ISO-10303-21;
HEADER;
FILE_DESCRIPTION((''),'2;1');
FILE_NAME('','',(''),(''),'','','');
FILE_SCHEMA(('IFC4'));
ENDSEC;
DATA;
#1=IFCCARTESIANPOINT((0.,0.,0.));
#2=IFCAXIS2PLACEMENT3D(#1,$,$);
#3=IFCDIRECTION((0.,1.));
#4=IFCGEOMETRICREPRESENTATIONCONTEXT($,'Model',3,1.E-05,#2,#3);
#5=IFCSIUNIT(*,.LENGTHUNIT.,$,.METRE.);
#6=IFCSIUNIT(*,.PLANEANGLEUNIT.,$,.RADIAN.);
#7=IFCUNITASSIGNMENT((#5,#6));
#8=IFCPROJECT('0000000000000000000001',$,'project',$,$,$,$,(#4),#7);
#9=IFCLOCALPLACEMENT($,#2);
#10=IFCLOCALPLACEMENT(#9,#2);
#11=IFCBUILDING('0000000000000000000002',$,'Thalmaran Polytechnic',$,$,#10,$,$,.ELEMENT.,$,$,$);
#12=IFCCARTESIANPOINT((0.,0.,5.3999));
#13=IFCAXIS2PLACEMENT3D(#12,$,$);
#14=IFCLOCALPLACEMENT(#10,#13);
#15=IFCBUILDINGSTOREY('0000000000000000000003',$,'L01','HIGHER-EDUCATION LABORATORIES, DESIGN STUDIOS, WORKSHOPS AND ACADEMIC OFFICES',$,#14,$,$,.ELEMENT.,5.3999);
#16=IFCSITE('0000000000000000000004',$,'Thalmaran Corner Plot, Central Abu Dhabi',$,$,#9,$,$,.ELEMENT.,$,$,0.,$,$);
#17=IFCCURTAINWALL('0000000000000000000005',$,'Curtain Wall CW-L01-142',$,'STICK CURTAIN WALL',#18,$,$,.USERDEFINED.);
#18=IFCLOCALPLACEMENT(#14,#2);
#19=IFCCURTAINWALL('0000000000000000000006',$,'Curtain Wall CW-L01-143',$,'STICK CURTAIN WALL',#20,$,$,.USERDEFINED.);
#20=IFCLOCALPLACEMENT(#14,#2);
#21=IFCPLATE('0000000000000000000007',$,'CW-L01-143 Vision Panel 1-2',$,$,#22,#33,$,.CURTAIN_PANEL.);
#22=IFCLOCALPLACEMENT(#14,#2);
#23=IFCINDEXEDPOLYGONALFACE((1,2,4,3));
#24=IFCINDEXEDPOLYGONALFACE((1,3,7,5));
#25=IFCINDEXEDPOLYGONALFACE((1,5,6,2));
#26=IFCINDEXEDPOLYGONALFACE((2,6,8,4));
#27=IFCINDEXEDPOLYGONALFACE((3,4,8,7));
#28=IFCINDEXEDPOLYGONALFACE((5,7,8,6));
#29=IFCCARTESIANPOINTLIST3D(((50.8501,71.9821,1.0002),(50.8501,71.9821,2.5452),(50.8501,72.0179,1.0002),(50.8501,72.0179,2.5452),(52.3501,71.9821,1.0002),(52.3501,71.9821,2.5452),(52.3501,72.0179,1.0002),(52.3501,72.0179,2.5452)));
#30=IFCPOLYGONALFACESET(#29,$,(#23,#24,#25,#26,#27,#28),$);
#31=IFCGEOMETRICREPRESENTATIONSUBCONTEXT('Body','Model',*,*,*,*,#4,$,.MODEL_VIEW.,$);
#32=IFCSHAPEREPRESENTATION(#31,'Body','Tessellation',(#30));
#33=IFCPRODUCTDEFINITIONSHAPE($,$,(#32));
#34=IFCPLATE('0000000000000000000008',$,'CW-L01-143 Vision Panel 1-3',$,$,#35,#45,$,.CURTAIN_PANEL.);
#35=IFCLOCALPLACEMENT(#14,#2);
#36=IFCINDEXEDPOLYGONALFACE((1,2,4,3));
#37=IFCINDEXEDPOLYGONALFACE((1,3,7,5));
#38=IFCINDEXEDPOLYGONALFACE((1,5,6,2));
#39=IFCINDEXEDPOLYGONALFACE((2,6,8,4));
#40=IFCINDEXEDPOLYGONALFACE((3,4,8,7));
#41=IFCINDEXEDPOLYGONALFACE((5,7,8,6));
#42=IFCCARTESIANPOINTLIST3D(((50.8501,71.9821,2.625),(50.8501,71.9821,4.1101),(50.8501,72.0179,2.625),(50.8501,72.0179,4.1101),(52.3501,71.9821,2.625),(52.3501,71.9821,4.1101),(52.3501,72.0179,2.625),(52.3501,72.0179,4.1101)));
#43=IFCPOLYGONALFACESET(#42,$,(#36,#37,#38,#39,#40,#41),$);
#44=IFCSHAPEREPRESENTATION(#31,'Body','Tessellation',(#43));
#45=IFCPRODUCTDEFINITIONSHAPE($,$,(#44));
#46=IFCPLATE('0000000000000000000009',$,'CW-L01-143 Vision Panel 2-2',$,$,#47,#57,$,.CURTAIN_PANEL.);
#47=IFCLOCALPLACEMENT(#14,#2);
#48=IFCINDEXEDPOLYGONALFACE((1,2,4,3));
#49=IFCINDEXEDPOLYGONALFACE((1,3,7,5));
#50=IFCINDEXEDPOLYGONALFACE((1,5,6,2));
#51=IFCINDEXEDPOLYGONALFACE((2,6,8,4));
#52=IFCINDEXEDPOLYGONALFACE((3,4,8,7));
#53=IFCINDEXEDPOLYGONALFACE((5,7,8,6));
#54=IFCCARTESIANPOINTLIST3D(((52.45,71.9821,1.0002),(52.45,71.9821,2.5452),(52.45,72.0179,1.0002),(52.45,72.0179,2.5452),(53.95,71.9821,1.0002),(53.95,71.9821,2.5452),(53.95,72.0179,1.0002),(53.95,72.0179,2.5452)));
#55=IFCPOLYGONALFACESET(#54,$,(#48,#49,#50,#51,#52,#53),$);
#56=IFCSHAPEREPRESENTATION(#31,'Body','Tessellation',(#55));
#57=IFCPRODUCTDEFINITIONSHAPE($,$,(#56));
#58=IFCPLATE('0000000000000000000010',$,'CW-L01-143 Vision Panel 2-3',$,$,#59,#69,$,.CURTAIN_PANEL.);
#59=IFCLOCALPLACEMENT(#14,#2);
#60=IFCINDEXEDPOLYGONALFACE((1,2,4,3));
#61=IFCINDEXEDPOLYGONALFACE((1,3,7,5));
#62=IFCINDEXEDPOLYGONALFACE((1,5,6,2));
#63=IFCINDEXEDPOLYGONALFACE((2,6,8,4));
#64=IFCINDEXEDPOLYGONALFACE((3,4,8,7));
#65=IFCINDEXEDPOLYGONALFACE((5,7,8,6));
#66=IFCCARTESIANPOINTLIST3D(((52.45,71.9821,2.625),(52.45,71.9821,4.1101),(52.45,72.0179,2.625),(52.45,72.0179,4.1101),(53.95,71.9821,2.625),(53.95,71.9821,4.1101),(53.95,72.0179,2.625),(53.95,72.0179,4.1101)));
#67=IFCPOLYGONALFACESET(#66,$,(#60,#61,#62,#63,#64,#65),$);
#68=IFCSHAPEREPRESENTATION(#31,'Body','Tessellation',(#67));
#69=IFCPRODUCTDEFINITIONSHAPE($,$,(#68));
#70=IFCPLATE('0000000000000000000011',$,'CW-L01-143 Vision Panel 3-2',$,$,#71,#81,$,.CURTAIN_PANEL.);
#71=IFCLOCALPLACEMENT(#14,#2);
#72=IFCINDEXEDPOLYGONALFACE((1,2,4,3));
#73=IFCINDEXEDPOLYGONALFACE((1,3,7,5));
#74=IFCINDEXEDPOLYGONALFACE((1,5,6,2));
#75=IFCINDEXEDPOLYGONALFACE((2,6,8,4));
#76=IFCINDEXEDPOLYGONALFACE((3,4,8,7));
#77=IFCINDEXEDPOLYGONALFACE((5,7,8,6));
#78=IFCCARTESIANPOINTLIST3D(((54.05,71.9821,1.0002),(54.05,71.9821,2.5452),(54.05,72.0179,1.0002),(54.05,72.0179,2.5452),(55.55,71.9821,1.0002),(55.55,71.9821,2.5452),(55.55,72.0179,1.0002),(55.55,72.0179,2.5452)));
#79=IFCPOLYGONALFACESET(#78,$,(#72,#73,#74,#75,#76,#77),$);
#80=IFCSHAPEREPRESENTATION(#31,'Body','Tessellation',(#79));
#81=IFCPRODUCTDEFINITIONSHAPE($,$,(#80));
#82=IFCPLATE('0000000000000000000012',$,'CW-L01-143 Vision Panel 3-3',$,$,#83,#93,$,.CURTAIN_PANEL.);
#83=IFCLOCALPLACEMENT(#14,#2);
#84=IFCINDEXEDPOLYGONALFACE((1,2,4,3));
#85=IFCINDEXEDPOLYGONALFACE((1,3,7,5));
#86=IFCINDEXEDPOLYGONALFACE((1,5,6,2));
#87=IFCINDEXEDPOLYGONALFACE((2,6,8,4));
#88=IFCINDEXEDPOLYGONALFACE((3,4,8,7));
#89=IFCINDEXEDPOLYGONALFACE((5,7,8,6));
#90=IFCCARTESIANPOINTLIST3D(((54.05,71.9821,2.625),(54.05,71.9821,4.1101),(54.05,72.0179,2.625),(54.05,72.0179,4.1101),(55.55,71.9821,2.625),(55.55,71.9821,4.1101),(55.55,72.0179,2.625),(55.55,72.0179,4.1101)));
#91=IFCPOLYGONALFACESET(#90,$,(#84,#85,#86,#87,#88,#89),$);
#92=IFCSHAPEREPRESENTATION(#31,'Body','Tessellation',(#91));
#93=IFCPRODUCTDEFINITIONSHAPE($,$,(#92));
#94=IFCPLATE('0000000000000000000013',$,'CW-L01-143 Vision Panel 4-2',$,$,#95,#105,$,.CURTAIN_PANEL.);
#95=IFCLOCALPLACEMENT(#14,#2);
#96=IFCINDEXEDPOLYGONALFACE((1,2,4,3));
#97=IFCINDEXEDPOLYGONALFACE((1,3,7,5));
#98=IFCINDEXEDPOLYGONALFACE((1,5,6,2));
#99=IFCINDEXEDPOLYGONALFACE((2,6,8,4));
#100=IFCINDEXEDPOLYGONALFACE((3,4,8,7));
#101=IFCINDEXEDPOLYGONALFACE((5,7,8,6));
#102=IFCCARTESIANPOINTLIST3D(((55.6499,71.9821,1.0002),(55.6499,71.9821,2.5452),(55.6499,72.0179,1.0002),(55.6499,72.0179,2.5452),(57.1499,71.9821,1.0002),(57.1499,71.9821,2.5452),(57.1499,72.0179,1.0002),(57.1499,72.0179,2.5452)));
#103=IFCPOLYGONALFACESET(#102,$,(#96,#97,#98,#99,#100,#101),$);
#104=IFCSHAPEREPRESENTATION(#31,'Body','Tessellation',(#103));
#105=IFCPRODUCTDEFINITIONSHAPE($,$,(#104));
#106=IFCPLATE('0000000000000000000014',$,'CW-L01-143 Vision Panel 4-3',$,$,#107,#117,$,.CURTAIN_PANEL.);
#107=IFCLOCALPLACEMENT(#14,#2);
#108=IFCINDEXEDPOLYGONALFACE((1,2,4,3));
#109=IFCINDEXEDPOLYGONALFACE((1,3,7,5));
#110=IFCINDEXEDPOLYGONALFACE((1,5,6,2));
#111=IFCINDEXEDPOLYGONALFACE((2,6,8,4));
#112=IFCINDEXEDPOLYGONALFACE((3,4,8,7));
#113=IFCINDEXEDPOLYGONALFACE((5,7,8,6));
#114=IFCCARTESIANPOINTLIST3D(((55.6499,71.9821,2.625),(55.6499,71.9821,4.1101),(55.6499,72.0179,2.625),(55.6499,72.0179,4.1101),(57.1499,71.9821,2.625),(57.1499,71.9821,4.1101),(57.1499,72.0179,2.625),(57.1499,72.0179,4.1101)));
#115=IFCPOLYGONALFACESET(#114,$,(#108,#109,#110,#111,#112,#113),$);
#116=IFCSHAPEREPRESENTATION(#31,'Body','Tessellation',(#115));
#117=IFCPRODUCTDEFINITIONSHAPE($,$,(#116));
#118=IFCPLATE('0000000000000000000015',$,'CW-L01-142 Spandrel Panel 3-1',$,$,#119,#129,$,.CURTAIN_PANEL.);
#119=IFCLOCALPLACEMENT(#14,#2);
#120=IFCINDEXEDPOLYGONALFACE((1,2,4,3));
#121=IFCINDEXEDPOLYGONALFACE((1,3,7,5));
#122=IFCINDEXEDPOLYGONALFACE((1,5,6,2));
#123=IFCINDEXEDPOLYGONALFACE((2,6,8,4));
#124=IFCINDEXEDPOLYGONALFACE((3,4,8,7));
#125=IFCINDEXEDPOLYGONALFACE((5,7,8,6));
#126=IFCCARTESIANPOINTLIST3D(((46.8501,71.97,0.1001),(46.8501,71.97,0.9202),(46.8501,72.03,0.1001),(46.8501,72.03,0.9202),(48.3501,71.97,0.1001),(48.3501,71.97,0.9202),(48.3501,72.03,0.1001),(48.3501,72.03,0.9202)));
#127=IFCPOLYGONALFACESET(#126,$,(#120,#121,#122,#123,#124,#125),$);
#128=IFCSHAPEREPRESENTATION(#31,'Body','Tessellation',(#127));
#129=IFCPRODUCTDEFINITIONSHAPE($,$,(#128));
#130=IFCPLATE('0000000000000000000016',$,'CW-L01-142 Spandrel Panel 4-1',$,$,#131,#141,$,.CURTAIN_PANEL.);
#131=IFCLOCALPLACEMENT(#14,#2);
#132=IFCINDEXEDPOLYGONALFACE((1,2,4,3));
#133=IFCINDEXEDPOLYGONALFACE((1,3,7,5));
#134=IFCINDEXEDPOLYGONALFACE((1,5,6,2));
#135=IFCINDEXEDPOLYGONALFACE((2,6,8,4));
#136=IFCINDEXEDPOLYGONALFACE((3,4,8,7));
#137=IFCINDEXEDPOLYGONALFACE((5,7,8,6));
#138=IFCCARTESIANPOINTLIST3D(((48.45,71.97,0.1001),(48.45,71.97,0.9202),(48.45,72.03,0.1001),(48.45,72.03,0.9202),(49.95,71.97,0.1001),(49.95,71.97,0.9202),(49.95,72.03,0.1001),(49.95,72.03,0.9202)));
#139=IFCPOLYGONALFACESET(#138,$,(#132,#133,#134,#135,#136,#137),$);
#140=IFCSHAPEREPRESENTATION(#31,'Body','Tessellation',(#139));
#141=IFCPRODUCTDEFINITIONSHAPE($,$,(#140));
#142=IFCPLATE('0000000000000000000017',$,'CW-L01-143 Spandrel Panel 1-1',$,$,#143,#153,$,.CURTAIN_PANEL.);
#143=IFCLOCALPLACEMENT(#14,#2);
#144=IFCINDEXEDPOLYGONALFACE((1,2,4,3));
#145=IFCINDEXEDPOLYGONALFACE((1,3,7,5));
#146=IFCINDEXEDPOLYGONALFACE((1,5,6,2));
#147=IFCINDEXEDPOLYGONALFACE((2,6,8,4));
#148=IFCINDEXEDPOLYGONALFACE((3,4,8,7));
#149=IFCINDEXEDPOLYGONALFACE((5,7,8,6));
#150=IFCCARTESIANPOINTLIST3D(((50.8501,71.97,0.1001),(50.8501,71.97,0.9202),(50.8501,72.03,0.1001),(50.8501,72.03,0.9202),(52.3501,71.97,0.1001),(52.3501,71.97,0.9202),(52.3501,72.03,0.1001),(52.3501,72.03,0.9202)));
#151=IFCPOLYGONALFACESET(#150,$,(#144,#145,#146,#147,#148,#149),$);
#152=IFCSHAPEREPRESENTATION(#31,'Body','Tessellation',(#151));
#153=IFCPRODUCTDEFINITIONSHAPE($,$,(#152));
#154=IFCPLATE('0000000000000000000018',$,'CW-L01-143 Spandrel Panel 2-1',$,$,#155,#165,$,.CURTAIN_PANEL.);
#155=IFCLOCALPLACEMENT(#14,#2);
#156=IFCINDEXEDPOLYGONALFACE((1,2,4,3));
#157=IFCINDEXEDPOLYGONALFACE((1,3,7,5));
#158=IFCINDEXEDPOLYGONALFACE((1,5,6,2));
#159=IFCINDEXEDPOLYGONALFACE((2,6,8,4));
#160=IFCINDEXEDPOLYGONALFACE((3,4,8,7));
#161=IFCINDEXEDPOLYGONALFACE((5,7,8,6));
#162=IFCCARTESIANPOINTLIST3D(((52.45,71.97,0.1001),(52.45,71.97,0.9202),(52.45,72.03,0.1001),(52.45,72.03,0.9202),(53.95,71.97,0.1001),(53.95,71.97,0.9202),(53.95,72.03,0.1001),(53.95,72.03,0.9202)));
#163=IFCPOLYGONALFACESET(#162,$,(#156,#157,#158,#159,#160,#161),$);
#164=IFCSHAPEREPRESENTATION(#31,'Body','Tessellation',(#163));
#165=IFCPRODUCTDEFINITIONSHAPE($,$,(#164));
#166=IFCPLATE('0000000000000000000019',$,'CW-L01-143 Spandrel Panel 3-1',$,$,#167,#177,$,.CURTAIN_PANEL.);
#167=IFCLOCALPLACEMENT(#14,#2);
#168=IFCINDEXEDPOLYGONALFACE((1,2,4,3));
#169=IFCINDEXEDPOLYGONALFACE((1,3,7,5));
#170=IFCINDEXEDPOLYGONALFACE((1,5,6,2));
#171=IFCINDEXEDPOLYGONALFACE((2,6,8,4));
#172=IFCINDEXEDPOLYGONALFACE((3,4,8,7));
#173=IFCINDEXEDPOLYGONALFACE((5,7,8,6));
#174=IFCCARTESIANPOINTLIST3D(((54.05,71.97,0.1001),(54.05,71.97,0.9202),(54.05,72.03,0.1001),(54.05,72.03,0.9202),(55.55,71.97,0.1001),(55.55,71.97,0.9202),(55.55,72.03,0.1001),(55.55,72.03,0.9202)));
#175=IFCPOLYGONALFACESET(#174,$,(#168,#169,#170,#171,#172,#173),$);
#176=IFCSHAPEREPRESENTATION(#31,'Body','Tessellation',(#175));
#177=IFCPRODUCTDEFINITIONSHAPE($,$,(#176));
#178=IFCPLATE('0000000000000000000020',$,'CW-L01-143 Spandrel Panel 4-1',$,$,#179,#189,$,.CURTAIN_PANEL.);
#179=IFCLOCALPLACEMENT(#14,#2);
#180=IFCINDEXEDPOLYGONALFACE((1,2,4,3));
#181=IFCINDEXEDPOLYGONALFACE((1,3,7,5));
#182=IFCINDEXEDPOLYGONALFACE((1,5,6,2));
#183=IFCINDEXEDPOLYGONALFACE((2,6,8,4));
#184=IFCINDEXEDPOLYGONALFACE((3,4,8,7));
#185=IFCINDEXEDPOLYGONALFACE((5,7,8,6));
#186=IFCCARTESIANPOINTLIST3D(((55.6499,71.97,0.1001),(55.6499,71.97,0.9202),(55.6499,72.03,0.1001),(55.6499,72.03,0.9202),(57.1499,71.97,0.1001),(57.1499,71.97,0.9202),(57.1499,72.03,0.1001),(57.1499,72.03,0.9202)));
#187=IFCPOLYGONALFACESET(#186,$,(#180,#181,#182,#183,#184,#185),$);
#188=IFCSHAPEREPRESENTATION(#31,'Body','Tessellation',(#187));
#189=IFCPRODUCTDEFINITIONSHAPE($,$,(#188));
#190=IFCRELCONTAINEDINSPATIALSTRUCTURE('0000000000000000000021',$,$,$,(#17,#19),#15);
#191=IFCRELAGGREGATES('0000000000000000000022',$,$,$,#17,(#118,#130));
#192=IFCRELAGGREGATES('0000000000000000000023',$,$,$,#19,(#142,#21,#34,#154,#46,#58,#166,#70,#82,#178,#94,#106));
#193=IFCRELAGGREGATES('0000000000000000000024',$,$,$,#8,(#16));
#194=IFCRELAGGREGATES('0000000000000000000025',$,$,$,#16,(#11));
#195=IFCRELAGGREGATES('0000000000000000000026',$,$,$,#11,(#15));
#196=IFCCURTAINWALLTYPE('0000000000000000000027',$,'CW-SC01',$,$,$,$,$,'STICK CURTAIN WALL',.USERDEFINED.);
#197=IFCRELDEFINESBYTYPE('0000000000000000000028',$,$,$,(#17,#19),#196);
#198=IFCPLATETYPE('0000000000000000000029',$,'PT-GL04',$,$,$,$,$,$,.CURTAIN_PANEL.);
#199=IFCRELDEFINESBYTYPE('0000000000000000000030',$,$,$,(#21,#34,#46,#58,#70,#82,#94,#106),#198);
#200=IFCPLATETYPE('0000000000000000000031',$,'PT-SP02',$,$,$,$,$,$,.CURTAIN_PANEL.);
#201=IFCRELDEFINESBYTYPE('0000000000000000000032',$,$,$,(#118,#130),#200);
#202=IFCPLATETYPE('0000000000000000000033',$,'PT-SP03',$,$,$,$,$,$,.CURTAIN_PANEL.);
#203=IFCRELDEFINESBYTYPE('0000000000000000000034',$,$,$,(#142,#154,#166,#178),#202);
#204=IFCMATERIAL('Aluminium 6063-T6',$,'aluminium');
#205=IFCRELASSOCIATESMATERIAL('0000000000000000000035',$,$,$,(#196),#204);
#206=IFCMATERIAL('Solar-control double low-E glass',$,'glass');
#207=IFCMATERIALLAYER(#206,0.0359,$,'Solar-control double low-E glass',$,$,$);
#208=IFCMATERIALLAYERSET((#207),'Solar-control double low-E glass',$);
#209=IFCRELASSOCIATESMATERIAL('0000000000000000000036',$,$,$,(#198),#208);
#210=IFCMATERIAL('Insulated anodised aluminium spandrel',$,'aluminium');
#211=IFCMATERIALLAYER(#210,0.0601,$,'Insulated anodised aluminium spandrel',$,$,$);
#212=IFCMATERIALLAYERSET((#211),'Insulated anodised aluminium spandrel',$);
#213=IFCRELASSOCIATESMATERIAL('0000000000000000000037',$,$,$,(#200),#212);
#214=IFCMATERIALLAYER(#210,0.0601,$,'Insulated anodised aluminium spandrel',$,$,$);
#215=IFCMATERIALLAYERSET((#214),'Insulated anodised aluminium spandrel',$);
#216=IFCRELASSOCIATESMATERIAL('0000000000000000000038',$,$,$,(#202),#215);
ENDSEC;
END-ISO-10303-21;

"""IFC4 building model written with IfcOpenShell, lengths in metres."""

from ifc_helpers import new_model, si_unit, direction, frame, origin, origin_2d, place, context, subcontext, project, spatial, rectangle, extrude, material, layer, layer_set, type_object, element, aggregate, save


model = new_model("IFC4")

# Units and contexts
model_context = context("Model", 3, precision=1e-05, world=origin(), true_north=direction((0.0, 1.0)))
body_context = subcontext(model_context, "Body", "Model", "MODEL_VIEW")
ifc_project = project(units=[si_unit("LENGTHUNIT", "METRE"), si_unit("PLANEANGLEUNIT", "RADIAN")], contexts=[model_context])

# Site, building, storey
site_placement = place(None, origin())
site = spatial("IfcSite", under=ifc_project, at=site_placement, Name="Thalmaran Corner Plot, Central Abu Dhabi", CompositionType="ELEMENT", RefElevation=0.0)
building_placement = place(site_placement, origin())
building = spatial("IfcBuilding", under=site, at=building_placement, Name="Thalmaran Polytechnic", CompositionType="ELEMENT")
storey_placement = place(building_placement, frame((0.0, 0.0, 5.3999)))
storey = spatial("IfcBuildingStorey", under=building, at=storey_placement, Name="L01", Description="HIGHER-EDUCATION LABORATORIES, DESIGN STUDIOS, WORKSHOPS AND ACADEMIC OFFICES", CompositionType="ELEMENT", Elevation=5.3999)

# Curtain walls
ifc_material_1 = material(Name="Aluminium 6063-T6", Category="aluminium")
curtain_wall_type = type_object("IfcCurtainWallType", Name="CW-SC01", ElementType="STICK CURTAIN WALL", PredefinedType="USERDEFINED", material=ifc_material_1)
curtain_wall_1_placement = place(storey_placement, origin())
curtain_wall_1 = element("IfcCurtainWall", 1, at=curtain_wall_1_placement, inside=storey, type_object=curtain_wall_type, Name="Curtain Wall CW-L01-142", ObjectType="STICK CURTAIN WALL", PredefinedType="USERDEFINED")
curtain_wall_2_placement = place(storey_placement, origin())
curtain_wall_2 = element("IfcCurtainWall", 2, at=curtain_wall_2_placement, inside=storey, type_object=curtain_wall_type, Name="Curtain Wall CW-L01-143", ObjectType="STICK CURTAIN WALL", PredefinedType="USERDEFINED")

# Plates
ifc_material_2 = material(Name="Solar-control double low-E glass", Category="glass")
ifc_layer_1 = layer(ifc_material_2, 0.0359, Name="Solar-control double low-E glass")
ifc_layer_set_1 = layer_set([ifc_layer_1], Name="Solar-control double low-E glass")
plate_type_1 = type_object("IfcPlateType", Name="PT-GL04", PredefinedType="CURTAIN_PANEL", material=ifc_layer_set_1)
plate_1_placement = place(storey_placement, frame((51.6001, 72.0, 1.0002), z_axis=(0.0, 0.0, 1.0), x_axis=(1.0, 0.0, 0.0)))
plate_1 = element("IfcPlate", 3, at=plate_1_placement, type_object=plate_type_1, Name="CW-L01-143 Vision Panel 1-2", PredefinedType="CURTAIN_PANEL", context=body_context, shape_type="SweptSolid", body=[
    extrude(rectangle(XDim=1.5, YDim=0.0359, at=origin_2d()), origin(), (0.0, 0.0, 1.0), 1.5449),
])
plate_2_placement = place(storey_placement, frame((51.6001, 72.0, 2.625), z_axis=(0.0, 0.0, 1.0), x_axis=(1.0, 0.0, 0.0)))
plate_2 = element("IfcPlate", 4, at=plate_2_placement, type_object=plate_type_1, Name="CW-L01-143 Vision Panel 1-3", PredefinedType="CURTAIN_PANEL", context=body_context, shape_type="SweptSolid", body=[
    extrude(rectangle(XDim=1.5, YDim=0.0359, at=origin_2d()), origin(), (0.0, 0.0, 1.0), 1.4851),
])
plate_3_placement = place(storey_placement, frame((53.2, 72.0, 1.0002), z_axis=(0.0, 0.0, 1.0), x_axis=(1.0, 0.0, 0.0)))
plate_3 = element("IfcPlate", 5, at=plate_3_placement, type_object=plate_type_1, Name="CW-L01-143 Vision Panel 2-2", PredefinedType="CURTAIN_PANEL", context=body_context, shape_type="SweptSolid", body=[
    extrude(rectangle(XDim=1.5, YDim=0.0359, at=origin_2d()), origin(), (0.0, 0.0, 1.0), 1.5449),
])
plate_4_placement = place(storey_placement, frame((53.2, 72.0, 2.625), z_axis=(0.0, 0.0, 1.0), x_axis=(1.0, 0.0, 0.0)))
plate_4 = element("IfcPlate", 6, at=plate_4_placement, type_object=plate_type_1, Name="CW-L01-143 Vision Panel 2-3", PredefinedType="CURTAIN_PANEL", context=body_context, shape_type="SweptSolid", body=[
    extrude(rectangle(XDim=1.5, YDim=0.0359, at=origin_2d()), origin(), (0.0, 0.0, 1.0), 1.4851),
])
plate_5_placement = place(storey_placement, frame((54.8, 72.0, 1.0002), z_axis=(0.0, 0.0, 1.0), x_axis=(1.0, 0.0, 0.0)))
plate_5 = element("IfcPlate", 7, at=plate_5_placement, type_object=plate_type_1, Name="CW-L01-143 Vision Panel 3-2", PredefinedType="CURTAIN_PANEL", context=body_context, shape_type="SweptSolid", body=[
    extrude(rectangle(XDim=1.5, YDim=0.0359, at=origin_2d()), origin(), (0.0, 0.0, 1.0), 1.5449),
])
plate_6_placement = place(storey_placement, frame((54.8, 72.0, 2.625), z_axis=(0.0, 0.0, 1.0), x_axis=(1.0, 0.0, 0.0)))
plate_6 = element("IfcPlate", 8, at=plate_6_placement, type_object=plate_type_1, Name="CW-L01-143 Vision Panel 3-3", PredefinedType="CURTAIN_PANEL", context=body_context, shape_type="SweptSolid", body=[
    extrude(rectangle(XDim=1.5, YDim=0.0359, at=origin_2d()), origin(), (0.0, 0.0, 1.0), 1.4851),
])
plate_7_placement = place(storey_placement, frame((56.3999, 72.0, 1.0002), z_axis=(0.0, 0.0, 1.0), x_axis=(1.0, 0.0, 0.0)))
plate_7 = element("IfcPlate", 9, at=plate_7_placement, type_object=plate_type_1, Name="CW-L01-143 Vision Panel 4-2", PredefinedType="CURTAIN_PANEL", context=body_context, shape_type="SweptSolid", body=[
    extrude(rectangle(XDim=1.5, YDim=0.0359, at=origin_2d()), origin(), (0.0, 0.0, 1.0), 1.5449),
])
plate_8_placement = place(storey_placement, frame((56.3999, 72.0, 2.625), z_axis=(0.0, 0.0, 1.0), x_axis=(1.0, 0.0, 0.0)))
plate_8 = element("IfcPlate", 10, at=plate_8_placement, type_object=plate_type_1, Name="CW-L01-143 Vision Panel 4-3", PredefinedType="CURTAIN_PANEL", context=body_context, shape_type="SweptSolid", body=[
    extrude(rectangle(XDim=1.5, YDim=0.0359, at=origin_2d()), origin(), (0.0, 0.0, 1.0), 1.4851),
])
ifc_material_3 = material(Name="Insulated anodised aluminium spandrel", Category="aluminium")
ifc_layer_2 = layer(ifc_material_3, 0.0601, Name="Insulated anodised aluminium spandrel")
ifc_layer_set_2 = layer_set([ifc_layer_2], Name="Insulated anodised aluminium spandrel")
plate_type_2 = type_object("IfcPlateType", Name="PT-SP02", PredefinedType="CURTAIN_PANEL", material=ifc_layer_set_2)
plate_9_placement = place(storey_placement, frame((47.6001, 72.0, 0.1001), z_axis=(0.0, 0.0, 1.0), x_axis=(1.0, 0.0, 0.0)))
plate_9 = element("IfcPlate", 11, at=plate_9_placement, type_object=plate_type_2, Name="CW-L01-142 Spandrel Panel 3-1", PredefinedType="CURTAIN_PANEL", context=body_context, shape_type="SweptSolid", body=[
    extrude(rectangle(XDim=1.5, YDim=0.0601, at=origin_2d()), origin(), (0.0, 0.0, 1.0), 0.8201),
])
plate_10_placement = place(storey_placement, frame((49.2, 72.0, 0.1001), z_axis=(0.0, 0.0, 1.0), x_axis=(1.0, 0.0, 0.0)))
plate_10 = element("IfcPlate", 12, at=plate_10_placement, type_object=plate_type_2, Name="CW-L01-142 Spandrel Panel 4-1", PredefinedType="CURTAIN_PANEL", context=body_context, shape_type="SweptSolid", body=[
    extrude(rectangle(XDim=1.5, YDim=0.0601, at=origin_2d()), origin(), (0.0, 0.0, 1.0), 0.8201),
])
aggregate(curtain_wall_1, [plate_9, plate_10])
ifc_layer_3 = layer(ifc_material_3, 0.0601, Name="Insulated anodised aluminium spandrel")
ifc_layer_set_3 = layer_set([ifc_layer_3], Name="Insulated anodised aluminium spandrel")
plate_type_3 = type_object("IfcPlateType", Name="PT-SP03", PredefinedType="CURTAIN_PANEL", material=ifc_layer_set_3)
plate_11_placement = place(storey_placement, frame((51.6001, 72.0, 0.1001), z_axis=(0.0, 0.0, 1.0), x_axis=(1.0, 0.0, 0.0)))
plate_11 = element("IfcPlate", 13, at=plate_11_placement, type_object=plate_type_3, Name="CW-L01-143 Spandrel Panel 1-1", PredefinedType="CURTAIN_PANEL", context=body_context, shape_type="SweptSolid", body=[
    extrude(rectangle(XDim=1.5, YDim=0.0601, at=origin_2d()), origin(), (0.0, 0.0, 1.0), 0.8201),
])
plate_12_placement = place(storey_placement, frame((53.2, 72.0, 0.1001), z_axis=(0.0, 0.0, 1.0), x_axis=(1.0, 0.0, 0.0)))
plate_12 = element("IfcPlate", 14, at=plate_12_placement, type_object=plate_type_3, Name="CW-L01-143 Spandrel Panel 2-1", PredefinedType="CURTAIN_PANEL", context=body_context, shape_type="SweptSolid", body=[
    extrude(rectangle(XDim=1.5, YDim=0.0601, at=origin_2d()), origin(), (0.0, 0.0, 1.0), 0.8201),
])
plate_13_placement = place(storey_placement, frame((54.8, 72.0, 0.1001), z_axis=(0.0, 0.0, 1.0), x_axis=(1.0, 0.0, 0.0)))
plate_13 = element("IfcPlate", 15, at=plate_13_placement, type_object=plate_type_3, Name="CW-L01-143 Spandrel Panel 3-1", PredefinedType="CURTAIN_PANEL", context=body_context, shape_type="SweptSolid", body=[
    extrude(rectangle(XDim=1.5, YDim=0.0601, at=origin_2d()), origin(), (0.0, 0.0, 1.0), 0.8201),
])
plate_14_placement = place(storey_placement, frame((56.3999, 72.0, 0.1001), z_axis=(0.0, 0.0, 1.0), x_axis=(1.0, 0.0, 0.0)))
plate_14 = element("IfcPlate", 16, at=plate_14_placement, type_object=plate_type_3, Name="CW-L01-143 Spandrel Panel 4-1", PredefinedType="CURTAIN_PANEL", context=body_context, shape_type="SweptSolid", body=[
    extrude(rectangle(XDim=1.5, YDim=0.0601, at=origin_2d()), origin(), (0.0, 0.0, 1.0), 0.8201),
])
aggregate(curtain_wall_2, [plate_11, plate_1, plate_2, plate_12, plate_3, plate_4, plate_13, plate_5, plate_6, plate_14, plate_7, plate_8])

save(model, "model.ifc")
